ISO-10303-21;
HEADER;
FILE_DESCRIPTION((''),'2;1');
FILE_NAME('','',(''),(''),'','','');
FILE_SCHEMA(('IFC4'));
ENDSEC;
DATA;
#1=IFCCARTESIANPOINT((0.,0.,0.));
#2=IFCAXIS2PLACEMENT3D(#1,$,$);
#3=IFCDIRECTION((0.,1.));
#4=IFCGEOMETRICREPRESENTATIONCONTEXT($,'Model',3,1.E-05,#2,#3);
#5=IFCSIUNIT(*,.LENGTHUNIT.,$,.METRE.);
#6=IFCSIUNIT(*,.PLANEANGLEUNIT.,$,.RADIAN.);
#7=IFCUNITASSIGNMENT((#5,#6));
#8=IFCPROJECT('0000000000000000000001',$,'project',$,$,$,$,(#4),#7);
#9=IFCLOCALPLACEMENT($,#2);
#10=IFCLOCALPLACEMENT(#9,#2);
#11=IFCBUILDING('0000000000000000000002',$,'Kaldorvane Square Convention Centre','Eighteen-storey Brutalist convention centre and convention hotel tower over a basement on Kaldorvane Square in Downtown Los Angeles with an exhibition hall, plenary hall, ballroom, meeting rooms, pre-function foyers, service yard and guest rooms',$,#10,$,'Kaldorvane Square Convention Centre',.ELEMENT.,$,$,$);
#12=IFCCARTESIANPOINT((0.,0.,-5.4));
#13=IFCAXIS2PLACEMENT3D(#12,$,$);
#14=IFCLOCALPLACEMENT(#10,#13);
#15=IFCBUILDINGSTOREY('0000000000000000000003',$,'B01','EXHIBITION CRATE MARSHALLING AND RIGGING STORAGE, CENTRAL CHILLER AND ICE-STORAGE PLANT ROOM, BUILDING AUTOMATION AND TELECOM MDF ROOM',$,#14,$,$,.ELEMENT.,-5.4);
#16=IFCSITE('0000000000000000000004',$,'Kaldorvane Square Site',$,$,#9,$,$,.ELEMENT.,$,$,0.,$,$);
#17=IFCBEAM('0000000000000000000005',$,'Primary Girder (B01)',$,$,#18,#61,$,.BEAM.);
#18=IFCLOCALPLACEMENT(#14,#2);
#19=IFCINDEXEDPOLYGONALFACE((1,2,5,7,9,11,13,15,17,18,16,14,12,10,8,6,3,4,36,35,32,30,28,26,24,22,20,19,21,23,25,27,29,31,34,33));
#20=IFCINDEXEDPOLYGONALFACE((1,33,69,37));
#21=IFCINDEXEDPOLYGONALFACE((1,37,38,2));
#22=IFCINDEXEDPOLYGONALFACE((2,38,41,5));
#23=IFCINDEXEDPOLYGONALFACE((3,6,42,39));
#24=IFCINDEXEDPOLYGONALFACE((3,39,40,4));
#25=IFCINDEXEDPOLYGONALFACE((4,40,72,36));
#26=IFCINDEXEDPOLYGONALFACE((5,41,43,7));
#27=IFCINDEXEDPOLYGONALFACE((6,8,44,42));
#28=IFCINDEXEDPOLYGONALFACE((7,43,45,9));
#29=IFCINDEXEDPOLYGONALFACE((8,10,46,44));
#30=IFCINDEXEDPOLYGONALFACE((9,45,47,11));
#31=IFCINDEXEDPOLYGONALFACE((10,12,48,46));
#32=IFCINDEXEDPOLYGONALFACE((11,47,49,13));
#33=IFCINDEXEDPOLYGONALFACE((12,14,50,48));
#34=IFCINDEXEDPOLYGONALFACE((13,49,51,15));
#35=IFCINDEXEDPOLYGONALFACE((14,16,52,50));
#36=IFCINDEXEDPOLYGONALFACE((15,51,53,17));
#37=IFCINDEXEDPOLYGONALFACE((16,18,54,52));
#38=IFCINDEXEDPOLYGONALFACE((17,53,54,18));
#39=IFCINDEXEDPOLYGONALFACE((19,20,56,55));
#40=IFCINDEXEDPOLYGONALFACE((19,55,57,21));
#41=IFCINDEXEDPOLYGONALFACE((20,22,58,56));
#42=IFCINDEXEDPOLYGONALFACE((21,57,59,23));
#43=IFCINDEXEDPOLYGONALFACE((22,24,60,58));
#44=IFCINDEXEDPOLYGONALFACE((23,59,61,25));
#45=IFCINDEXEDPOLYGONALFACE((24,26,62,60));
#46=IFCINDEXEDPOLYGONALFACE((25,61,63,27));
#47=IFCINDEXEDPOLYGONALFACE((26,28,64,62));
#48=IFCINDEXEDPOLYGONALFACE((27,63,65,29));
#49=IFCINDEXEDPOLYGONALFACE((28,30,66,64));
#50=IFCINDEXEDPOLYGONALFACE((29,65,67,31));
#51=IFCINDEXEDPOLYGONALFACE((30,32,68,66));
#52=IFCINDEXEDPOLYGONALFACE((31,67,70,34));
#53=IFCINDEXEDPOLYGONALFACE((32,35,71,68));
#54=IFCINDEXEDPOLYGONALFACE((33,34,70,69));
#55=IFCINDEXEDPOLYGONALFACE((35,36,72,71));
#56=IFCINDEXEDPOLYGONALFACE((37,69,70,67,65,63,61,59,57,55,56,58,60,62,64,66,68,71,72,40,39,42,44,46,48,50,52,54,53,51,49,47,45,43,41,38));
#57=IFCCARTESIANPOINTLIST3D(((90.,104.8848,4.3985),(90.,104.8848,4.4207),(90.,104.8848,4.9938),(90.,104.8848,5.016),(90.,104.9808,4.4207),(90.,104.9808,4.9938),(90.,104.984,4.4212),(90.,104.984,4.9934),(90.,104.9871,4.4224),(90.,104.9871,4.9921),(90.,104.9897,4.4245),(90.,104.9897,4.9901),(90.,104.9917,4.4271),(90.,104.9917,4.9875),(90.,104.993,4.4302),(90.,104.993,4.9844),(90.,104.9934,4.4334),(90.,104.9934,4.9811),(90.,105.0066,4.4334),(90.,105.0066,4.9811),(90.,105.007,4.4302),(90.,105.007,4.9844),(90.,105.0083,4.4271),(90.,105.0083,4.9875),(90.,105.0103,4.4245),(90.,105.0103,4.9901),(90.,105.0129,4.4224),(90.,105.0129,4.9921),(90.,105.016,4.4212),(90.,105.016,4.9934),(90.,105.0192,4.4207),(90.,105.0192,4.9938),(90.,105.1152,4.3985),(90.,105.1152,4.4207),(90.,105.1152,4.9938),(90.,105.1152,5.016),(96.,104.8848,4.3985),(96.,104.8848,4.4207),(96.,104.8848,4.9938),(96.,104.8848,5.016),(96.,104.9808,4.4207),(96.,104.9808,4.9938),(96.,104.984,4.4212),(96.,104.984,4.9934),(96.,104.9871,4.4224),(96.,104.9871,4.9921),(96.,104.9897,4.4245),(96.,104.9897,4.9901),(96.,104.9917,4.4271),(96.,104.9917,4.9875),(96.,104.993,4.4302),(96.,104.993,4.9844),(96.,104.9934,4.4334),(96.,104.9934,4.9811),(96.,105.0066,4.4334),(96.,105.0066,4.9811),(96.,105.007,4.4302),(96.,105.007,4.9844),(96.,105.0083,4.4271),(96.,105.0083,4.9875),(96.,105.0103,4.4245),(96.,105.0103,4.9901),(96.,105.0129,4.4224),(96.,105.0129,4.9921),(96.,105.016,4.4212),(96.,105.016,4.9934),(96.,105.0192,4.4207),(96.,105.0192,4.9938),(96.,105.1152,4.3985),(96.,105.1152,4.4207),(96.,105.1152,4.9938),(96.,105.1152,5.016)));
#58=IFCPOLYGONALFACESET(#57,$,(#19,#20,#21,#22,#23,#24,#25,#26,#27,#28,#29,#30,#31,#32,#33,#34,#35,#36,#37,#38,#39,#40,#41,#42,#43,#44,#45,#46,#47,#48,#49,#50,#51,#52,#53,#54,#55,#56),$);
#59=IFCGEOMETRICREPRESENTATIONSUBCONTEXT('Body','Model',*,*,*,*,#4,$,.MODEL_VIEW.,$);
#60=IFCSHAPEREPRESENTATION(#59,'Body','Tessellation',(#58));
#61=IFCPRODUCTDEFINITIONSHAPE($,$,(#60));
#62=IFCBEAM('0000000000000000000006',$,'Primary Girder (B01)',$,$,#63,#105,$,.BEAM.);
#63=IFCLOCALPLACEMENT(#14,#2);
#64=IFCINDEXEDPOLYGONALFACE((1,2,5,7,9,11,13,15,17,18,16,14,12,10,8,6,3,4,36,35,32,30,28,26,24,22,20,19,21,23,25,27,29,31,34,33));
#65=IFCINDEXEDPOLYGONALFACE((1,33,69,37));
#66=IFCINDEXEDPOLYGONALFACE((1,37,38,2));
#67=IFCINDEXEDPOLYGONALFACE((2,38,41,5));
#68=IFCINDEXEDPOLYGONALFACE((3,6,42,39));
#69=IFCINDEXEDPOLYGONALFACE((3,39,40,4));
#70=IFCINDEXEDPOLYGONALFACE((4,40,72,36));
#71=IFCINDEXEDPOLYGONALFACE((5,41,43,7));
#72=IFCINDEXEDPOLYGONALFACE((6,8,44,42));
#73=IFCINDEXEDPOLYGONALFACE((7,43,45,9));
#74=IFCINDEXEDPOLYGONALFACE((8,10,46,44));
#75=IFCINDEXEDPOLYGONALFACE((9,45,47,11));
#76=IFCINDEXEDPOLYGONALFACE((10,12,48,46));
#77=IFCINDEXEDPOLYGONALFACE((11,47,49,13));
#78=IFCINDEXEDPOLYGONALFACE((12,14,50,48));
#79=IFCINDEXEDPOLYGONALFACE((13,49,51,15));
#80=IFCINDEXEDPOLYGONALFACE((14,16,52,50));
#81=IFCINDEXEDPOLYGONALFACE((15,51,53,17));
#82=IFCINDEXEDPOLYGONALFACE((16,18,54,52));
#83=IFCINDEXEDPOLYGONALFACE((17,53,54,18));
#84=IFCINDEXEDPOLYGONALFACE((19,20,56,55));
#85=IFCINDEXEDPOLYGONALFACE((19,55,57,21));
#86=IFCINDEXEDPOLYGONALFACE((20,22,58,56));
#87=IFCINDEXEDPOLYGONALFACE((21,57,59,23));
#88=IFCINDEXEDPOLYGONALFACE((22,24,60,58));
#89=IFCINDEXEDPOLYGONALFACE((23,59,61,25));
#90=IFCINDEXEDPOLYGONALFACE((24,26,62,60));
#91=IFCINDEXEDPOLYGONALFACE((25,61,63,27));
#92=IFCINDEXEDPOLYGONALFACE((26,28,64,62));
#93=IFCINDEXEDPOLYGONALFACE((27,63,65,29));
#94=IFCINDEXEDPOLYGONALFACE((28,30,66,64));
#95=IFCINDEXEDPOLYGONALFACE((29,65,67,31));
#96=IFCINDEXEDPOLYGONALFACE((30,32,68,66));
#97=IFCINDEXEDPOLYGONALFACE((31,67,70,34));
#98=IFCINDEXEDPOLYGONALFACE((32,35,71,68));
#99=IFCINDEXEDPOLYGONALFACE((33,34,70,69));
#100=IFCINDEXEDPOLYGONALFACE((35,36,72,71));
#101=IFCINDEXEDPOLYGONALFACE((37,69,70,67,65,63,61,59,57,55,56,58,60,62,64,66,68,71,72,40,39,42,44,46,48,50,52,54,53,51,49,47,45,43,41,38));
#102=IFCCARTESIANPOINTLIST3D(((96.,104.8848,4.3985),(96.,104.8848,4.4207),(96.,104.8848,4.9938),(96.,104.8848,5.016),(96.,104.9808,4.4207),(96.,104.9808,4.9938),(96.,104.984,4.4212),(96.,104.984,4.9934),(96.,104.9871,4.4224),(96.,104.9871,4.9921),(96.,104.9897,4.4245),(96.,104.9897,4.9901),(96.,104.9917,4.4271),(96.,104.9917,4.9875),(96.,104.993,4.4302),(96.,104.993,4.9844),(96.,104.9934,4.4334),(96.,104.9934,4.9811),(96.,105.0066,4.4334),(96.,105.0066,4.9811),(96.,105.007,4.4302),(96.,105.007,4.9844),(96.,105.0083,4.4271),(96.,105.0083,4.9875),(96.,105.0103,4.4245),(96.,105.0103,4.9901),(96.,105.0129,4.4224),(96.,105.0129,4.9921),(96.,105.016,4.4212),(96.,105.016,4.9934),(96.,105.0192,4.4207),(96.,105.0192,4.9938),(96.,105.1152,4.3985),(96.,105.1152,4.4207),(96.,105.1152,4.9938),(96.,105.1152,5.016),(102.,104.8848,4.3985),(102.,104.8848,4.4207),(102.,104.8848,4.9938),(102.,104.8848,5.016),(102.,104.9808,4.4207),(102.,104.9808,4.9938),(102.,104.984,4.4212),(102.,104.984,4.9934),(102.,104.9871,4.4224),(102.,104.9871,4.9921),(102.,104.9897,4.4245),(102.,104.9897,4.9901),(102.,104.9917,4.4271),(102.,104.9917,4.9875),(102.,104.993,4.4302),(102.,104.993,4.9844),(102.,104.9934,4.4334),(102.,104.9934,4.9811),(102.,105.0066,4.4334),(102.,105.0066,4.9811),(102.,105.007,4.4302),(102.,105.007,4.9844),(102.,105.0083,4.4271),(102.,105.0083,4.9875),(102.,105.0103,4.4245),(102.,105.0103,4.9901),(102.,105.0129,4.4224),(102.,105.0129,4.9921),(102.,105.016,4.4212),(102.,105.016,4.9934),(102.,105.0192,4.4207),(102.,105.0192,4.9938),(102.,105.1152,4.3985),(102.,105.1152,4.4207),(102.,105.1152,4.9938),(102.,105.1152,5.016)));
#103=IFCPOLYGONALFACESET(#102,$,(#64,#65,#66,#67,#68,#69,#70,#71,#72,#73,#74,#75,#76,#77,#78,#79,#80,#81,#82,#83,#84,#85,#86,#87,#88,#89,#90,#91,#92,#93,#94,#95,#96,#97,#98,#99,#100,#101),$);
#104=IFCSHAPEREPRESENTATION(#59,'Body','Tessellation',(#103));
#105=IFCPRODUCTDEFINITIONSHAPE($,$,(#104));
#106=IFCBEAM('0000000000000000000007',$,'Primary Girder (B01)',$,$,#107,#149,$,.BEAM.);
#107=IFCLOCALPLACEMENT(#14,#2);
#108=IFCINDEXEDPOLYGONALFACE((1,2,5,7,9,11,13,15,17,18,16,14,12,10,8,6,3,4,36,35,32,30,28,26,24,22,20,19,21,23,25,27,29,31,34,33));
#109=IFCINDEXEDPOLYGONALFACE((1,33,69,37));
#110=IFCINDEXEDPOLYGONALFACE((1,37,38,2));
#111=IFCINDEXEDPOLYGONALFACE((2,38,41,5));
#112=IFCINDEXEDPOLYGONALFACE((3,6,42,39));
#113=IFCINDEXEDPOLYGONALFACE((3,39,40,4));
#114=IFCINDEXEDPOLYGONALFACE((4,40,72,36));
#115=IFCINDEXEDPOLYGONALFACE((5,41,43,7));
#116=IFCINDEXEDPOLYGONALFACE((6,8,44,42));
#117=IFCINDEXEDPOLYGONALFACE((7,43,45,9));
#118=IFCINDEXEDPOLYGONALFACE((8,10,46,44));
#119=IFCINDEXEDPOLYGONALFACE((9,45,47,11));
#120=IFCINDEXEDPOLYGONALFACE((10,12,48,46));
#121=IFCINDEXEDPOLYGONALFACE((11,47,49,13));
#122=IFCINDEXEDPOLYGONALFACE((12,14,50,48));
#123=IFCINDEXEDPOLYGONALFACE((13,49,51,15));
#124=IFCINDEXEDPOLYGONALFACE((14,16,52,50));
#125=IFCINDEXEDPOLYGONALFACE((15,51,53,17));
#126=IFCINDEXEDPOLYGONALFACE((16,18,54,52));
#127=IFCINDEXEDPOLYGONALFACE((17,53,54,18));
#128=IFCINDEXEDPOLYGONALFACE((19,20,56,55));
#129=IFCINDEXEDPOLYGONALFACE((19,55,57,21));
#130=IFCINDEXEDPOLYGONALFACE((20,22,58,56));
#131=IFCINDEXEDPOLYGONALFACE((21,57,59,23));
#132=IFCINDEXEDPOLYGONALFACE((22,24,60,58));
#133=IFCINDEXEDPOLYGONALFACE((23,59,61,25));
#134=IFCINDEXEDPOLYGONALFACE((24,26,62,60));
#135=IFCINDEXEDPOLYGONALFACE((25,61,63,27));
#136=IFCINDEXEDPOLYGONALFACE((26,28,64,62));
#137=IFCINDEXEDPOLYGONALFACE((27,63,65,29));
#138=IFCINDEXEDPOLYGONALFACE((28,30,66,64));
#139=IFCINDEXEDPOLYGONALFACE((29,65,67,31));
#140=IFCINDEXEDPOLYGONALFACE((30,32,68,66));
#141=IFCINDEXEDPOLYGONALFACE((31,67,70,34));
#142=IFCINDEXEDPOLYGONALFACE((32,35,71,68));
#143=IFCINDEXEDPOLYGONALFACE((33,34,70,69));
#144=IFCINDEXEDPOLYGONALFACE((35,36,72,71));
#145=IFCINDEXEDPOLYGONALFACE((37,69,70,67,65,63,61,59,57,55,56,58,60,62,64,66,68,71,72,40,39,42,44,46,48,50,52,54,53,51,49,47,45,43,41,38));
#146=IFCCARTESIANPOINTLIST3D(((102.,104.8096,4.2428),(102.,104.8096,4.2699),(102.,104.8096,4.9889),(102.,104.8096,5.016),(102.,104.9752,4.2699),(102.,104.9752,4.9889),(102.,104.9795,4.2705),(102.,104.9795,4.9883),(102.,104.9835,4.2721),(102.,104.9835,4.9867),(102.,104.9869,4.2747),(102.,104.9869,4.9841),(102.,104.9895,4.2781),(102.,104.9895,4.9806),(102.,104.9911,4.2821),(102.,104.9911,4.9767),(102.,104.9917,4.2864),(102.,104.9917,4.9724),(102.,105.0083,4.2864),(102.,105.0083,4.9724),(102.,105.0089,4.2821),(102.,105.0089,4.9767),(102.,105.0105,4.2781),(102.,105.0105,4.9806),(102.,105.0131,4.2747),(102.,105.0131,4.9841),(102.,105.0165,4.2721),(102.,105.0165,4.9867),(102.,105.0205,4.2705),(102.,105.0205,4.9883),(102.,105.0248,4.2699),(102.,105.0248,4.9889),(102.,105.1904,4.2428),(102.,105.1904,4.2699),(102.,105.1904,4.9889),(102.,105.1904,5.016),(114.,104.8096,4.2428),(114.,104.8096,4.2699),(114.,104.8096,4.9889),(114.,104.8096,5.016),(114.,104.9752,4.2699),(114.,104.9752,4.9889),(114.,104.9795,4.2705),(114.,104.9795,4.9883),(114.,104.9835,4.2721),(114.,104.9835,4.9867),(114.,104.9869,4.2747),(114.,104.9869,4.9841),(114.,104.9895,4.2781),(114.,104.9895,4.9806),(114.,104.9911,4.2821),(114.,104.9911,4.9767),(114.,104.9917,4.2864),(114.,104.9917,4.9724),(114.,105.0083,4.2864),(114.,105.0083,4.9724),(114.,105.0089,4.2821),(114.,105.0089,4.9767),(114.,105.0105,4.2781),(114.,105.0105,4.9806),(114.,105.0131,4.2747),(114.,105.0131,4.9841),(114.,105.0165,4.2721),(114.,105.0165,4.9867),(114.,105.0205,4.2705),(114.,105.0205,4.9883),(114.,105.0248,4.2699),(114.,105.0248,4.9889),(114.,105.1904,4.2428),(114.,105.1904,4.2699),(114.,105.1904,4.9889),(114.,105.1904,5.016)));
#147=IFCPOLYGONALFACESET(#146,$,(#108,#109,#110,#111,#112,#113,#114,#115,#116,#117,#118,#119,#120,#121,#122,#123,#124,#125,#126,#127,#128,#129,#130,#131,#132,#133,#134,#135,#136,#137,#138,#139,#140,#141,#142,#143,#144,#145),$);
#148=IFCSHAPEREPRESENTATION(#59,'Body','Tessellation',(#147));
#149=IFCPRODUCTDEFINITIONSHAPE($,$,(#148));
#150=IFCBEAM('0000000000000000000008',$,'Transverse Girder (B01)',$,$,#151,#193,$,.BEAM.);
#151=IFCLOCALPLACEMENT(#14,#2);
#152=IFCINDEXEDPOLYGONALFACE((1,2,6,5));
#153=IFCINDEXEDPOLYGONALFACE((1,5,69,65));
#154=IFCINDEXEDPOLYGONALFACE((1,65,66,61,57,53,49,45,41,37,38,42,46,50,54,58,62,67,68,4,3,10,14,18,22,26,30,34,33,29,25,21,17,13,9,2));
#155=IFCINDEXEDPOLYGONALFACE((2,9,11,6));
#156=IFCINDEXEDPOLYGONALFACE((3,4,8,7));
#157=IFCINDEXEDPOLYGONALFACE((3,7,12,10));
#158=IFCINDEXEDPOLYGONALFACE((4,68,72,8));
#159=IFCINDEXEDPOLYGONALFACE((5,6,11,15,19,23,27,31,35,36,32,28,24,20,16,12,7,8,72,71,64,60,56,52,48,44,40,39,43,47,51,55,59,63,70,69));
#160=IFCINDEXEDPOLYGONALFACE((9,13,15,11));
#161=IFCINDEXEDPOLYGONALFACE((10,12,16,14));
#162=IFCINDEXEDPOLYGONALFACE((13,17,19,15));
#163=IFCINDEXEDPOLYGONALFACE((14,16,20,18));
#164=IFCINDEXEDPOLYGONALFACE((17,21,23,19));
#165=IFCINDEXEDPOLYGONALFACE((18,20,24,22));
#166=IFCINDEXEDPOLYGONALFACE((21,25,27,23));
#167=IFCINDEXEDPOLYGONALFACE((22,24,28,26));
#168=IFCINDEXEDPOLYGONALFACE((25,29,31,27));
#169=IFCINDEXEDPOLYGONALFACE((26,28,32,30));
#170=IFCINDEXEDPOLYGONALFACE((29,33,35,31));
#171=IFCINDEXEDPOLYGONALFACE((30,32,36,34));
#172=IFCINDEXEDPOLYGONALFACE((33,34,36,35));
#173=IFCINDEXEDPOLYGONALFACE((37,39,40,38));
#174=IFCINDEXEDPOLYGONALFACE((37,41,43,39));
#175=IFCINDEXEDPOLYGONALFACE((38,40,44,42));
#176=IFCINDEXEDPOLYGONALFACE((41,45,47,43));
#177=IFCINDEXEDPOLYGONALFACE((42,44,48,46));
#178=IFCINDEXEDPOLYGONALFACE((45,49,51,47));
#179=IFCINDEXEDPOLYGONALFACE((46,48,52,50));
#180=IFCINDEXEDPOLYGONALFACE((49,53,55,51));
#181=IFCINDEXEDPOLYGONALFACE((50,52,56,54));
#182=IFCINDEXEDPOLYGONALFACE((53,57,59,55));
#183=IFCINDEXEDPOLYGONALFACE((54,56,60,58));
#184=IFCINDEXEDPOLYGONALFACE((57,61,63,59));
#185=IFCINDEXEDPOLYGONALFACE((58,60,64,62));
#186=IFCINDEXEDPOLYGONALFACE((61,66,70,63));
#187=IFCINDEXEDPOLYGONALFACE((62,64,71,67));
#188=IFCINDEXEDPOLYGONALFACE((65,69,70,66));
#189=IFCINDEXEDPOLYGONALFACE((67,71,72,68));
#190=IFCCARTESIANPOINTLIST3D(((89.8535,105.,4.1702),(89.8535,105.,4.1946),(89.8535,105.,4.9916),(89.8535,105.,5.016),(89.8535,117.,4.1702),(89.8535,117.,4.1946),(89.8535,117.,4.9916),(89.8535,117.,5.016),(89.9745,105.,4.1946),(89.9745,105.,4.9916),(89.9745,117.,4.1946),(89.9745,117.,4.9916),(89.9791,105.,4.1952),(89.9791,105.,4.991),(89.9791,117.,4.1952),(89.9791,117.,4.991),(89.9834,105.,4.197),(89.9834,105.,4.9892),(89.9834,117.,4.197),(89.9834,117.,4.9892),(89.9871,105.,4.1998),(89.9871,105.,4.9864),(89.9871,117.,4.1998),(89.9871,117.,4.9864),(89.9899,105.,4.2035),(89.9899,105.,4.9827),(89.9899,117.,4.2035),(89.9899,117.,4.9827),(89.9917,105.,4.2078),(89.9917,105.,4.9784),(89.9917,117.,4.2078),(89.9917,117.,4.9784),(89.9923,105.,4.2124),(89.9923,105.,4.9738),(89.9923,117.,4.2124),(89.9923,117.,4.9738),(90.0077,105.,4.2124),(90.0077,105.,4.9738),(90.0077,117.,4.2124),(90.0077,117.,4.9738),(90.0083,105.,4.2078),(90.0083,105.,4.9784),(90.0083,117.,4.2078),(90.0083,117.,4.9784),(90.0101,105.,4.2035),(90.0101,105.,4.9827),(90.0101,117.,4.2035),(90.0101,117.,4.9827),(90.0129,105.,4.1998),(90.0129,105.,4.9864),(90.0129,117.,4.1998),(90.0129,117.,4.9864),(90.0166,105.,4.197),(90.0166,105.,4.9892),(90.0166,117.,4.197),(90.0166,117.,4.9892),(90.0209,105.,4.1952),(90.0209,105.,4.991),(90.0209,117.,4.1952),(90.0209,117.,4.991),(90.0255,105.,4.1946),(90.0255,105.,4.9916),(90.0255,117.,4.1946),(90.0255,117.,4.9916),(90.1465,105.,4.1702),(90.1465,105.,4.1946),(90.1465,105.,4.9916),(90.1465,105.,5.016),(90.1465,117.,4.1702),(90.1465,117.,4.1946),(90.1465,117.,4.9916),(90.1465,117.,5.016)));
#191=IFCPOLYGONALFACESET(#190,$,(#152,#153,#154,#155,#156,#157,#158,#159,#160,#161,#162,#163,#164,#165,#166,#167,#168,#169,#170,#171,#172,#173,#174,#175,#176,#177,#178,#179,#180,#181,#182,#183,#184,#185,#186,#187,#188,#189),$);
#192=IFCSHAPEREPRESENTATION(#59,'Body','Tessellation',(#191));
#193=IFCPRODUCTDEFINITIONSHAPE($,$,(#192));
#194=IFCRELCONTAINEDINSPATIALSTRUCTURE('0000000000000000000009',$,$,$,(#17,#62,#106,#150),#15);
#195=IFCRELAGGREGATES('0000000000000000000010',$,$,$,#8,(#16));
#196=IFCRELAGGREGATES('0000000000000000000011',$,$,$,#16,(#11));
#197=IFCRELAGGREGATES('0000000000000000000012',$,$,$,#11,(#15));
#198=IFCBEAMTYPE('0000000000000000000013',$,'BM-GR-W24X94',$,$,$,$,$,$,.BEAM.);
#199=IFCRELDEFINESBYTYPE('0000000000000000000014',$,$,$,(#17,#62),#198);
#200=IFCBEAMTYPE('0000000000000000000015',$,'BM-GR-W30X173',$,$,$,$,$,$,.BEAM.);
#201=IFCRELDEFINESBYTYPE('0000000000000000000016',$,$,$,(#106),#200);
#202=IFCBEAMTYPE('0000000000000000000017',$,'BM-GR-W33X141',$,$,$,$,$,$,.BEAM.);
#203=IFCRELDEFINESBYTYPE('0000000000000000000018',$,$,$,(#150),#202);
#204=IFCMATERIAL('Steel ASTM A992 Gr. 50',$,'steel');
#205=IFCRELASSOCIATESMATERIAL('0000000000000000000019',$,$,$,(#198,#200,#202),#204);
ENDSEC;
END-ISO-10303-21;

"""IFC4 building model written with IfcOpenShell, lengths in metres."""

from ifc_helpers import new_model, si_unit, direction, frame, origin, origin_2d, place, context, subcontext, project, spatial, i_section, extrude, material, material_profile, profile_set, type_object, element, save


model = new_model("IFC4")

# Units and contexts
model_context = context("Model", 3, precision=1e-05, world=origin(), true_north=direction((0.0, 1.0)))
body_context = subcontext(model_context, "Body", "Model", "MODEL_VIEW")
ifc_project = project(units=[si_unit("LENGTHUNIT", "METRE"), si_unit("PLANEANGLEUNIT", "RADIAN")], contexts=[model_context])

# Site, building, storey
site_placement = place(None, origin())
site = spatial("IfcSite", under=ifc_project, at=site_placement, Name="Kaldorvane Square Site", CompositionType="ELEMENT", RefElevation=0.0)
building_placement = place(site_placement, origin())
building = spatial("IfcBuilding", under=site, at=building_placement, Name="Kaldorvane Square Convention Centre", Description="Eighteen-storey Brutalist convention centre and convention hotel tower over a basement on Kaldorvane Square in Downtown Los Angeles with an exhibition hall, plenary hall, ballroom, meeting rooms, pre-function foyers, service yard and guest rooms", LongName="Kaldorvane Square Convention Centre", CompositionType="ELEMENT")
storey_placement = place(building_placement, frame((0.0, 0.0, -5.4)))
storey = spatial("IfcBuildingStorey", under=building, at=storey_placement, Name="B01", Description="EXHIBITION CRATE MARSHALLING AND RIGGING STORAGE, CENTRAL CHILLER AND ICE-STORAGE PLANT ROOM, BUILDING AUTOMATION AND TELECOM MDF ROOM", CompositionType="ELEMENT", Elevation=-5.4)

# Shared definitions
ifc_material_1 = material(Name="Steel ASTM A992 Gr. 50", Category="steel")

# Beams
ifc_material_profile_1 = material_profile(ifc_material_1, i_section(OverallWidth=0.2303, OverallDepth=0.6175, WebThickness=0.0131, FlangeThickness=0.0222, FilletRadius=0.0127, at=origin_2d()), Name="W24X94")
ifc_profile_set_1 = profile_set([ifc_material_profile_1], Name="Steel ASTM A992 Gr. 50")
beam_type_1 = type_object("IfcBeamType", Name="BM-GR-W24X94", PredefinedType="BEAM", material=ifc_profile_set_1)
for number, where, z_axis, x_axis, name in (
    (1, (90.0, 105.0, 4.7073), (1.0, 0.0, 0.0), (0.0, 1.0, 0.0), "Primary Girder (B01)"),
    (2, (96.0, 105.0, 4.7073), (1.0, 0.0, 0.0), (0.0, 1.0, 0.0), "Primary Girder (B01)"),
):
    element("IfcBeam", number, at=place(storey_placement, frame(where, z_axis=z_axis, x_axis=x_axis)), inside=storey, type_object=beam_type_1, Name=name, PredefinedType="BEAM", context=body_context, shape_type="SweptSolid", body=[
        extrude(i_section(OverallWidth=0.2303, OverallDepth=0.6175, WebThickness=0.0131, FlangeThickness=0.0222, FilletRadius=0.0127, at=origin_2d()), origin(), (0.0, 0.0, 1.0), 6.0),
    ])
ifc_material_profile_2 = material_profile(ifc_material_1, i_section(OverallWidth=0.3807, OverallDepth=0.7732, WebThickness=0.0166, FlangeThickness=0.0271, FilletRadius=0.0165, at=origin_2d()), Name="W30X173")
ifc_profile_set_2 = profile_set([ifc_material_profile_2], Name="Steel ASTM A992 Gr. 50")
beam_type_2 = type_object("IfcBeamType", Name="BM-GR-W30X173", PredefinedType="BEAM", material=ifc_profile_set_2)
beam_placement = place(storey_placement, frame((102.0, 105.0, 4.6294), z_axis=(1.0, 0.0, 0.0), x_axis=(0.0, 1.0, 0.0)))
element("IfcBeam", 3, at=beam_placement, inside=storey, type_object=beam_type_2, Name="Primary Girder (B01)", PredefinedType="BEAM", context=body_context, shape_type="SweptSolid", body=[
    extrude(i_section(OverallWidth=0.3807, OverallDepth=0.7732, WebThickness=0.0166, FlangeThickness=0.0271, FilletRadius=0.0165, at=origin_2d()), origin(), (0.0, 0.0, 1.0), 12.0),
])
ifc_material_profile_3 = material_profile(ifc_material_1, i_section(OverallWidth=0.293, OverallDepth=0.8458, WebThickness=0.0154, FlangeThickness=0.0244, FilletRadius=0.0178, at=origin_2d()), Name="W33X141")
ifc_profile_set_3 = profile_set([ifc_material_profile_3], Name="Steel ASTM A992 Gr. 50")
beam_type_3 = type_object("IfcBeamType", Name="BM-GR-W33X141", PredefinedType="BEAM", material=ifc_profile_set_3)
for number, where, z_axis, x_axis, name in (
    (4, (90.0, 105.0, 4.5931), (0.0, 1.0, 0.0), (-1.0, 0.0, 0.0), "Transverse Girder (B01)"),
):
    element("IfcBeam", number, at=place(storey_placement, frame(where, z_axis=z_axis, x_axis=x_axis)), inside=storey, type_object=beam_type_3, Name=name, PredefinedType="BEAM", context=body_context, shape_type="SweptSolid", body=[
        extrude(i_section(OverallWidth=0.293, OverallDepth=0.8458, WebThickness=0.0154, FlangeThickness=0.0244, FilletRadius=0.0178, at=origin_2d()), origin(), (0.0, 0.0, 1.0), 12.0),
    ])

save(model, "model.ifc")
